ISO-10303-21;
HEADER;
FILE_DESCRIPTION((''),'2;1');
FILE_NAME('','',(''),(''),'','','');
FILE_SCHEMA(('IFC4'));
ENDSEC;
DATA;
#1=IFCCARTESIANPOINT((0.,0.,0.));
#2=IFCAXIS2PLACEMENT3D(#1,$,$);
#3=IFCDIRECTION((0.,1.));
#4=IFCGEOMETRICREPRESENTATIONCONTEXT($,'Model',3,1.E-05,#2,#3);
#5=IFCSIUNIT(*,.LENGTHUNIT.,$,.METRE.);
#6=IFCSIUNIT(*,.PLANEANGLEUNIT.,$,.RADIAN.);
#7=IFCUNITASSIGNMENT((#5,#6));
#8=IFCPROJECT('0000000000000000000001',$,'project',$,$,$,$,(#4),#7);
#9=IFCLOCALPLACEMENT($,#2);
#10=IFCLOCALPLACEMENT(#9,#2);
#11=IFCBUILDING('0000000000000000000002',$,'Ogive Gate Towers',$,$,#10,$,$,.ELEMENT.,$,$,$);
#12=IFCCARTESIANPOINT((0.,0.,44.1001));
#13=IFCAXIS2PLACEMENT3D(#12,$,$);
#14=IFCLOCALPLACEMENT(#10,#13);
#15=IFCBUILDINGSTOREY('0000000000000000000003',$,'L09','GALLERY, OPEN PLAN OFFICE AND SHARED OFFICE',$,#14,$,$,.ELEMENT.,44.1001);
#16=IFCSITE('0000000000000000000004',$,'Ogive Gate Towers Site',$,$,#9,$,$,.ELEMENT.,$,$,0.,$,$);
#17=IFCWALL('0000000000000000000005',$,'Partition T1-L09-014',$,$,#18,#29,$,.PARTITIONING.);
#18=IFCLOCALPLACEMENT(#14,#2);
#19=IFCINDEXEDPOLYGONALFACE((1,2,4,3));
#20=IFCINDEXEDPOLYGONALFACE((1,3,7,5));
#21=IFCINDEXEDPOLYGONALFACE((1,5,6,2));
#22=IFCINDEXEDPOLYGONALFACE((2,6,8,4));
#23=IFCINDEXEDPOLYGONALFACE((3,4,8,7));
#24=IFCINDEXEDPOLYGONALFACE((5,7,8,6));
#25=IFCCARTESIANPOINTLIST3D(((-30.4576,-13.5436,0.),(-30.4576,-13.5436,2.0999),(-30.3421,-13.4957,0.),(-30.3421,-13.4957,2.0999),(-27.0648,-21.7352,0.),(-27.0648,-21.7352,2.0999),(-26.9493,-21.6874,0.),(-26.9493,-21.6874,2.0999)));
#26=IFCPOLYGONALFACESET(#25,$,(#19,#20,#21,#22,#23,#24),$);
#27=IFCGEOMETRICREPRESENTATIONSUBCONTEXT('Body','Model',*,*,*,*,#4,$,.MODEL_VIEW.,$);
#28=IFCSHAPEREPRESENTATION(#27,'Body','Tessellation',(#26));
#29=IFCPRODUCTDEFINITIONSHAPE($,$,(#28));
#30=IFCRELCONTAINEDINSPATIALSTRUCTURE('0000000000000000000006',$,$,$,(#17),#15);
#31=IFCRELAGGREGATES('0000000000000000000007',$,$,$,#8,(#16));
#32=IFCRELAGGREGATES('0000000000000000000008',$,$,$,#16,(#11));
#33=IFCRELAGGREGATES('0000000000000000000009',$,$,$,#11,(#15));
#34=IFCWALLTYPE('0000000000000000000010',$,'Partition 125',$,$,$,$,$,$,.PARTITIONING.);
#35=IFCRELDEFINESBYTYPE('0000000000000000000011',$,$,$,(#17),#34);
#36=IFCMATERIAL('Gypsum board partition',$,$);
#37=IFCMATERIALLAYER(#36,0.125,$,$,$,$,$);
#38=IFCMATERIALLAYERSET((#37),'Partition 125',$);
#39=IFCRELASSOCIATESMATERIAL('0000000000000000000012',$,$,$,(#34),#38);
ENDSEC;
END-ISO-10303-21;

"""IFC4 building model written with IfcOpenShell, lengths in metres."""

from ifc_helpers import new_model, si_unit, direction, frame, frame_2d, origin, place, context, subcontext, project, spatial, rectangle, extrude, material, layer, layer_set, type_object, element, save


model = new_model("IFC4")

# Units and contexts
model_context = context("Model", 3, precision=1e-05, world=origin(), true_north=direction((0.0, 1.0)))
body_context = subcontext(model_context, "Body", "Model", "MODEL_VIEW")
ifc_project = project(units=[si_unit("LENGTHUNIT", "METRE"), si_unit("PLANEANGLEUNIT", "RADIAN")], contexts=[model_context])

# Site, building, storey
site_placement = place(None, origin())
site = spatial("IfcSite", under=ifc_project, at=site_placement, Name="Ogive Gate Towers Site", CompositionType="ELEMENT", RefElevation=0.0)
building_placement = place(site_placement, origin())
building = spatial("IfcBuilding", under=site, at=building_placement, Name="Ogive Gate Towers", CompositionType="ELEMENT")
storey_placement = place(building_placement, frame((0.0, 0.0, 44.1001)))
storey = spatial("IfcBuildingStorey", under=building, at=storey_placement, Name="L09", Description="GALLERY, OPEN PLAN OFFICE AND SHARED OFFICE", CompositionType="ELEMENT", Elevation=44.1001)

# Wall
ifc_material_1 = material(Name="Gypsum board partition")
ifc_layer_1 = layer(ifc_material_1, 0.125)
ifc_layer_set_1 = layer_set([ifc_layer_1], Name="Partition 125")
wall_type_1 = type_object("IfcWallType", Name="Partition 125", PredefinedType="PARTITIONING", material=ifc_layer_set_1)
wall_placement = place(storey_placement, frame((-27.0071, -21.7112, 0.0), z_axis=(0.0, 0.0, 1.0), x_axis=(-0.382657, 0.92389, 0.0)))
element("IfcWall", 1, at=wall_placement, inside=storey, type_object=wall_type_1, Name="Partition T1-L09-014", PredefinedType="PARTITIONING", context=body_context, shape_type="SweptSolid", body=[
    extrude(rectangle(XDim=8.8665, YDim=0.125, at=frame_2d((4.4331, 0.0))), origin(), (0.0, 0.0, 1.0), 2.0999),
])

save(model, "model.ifc")
